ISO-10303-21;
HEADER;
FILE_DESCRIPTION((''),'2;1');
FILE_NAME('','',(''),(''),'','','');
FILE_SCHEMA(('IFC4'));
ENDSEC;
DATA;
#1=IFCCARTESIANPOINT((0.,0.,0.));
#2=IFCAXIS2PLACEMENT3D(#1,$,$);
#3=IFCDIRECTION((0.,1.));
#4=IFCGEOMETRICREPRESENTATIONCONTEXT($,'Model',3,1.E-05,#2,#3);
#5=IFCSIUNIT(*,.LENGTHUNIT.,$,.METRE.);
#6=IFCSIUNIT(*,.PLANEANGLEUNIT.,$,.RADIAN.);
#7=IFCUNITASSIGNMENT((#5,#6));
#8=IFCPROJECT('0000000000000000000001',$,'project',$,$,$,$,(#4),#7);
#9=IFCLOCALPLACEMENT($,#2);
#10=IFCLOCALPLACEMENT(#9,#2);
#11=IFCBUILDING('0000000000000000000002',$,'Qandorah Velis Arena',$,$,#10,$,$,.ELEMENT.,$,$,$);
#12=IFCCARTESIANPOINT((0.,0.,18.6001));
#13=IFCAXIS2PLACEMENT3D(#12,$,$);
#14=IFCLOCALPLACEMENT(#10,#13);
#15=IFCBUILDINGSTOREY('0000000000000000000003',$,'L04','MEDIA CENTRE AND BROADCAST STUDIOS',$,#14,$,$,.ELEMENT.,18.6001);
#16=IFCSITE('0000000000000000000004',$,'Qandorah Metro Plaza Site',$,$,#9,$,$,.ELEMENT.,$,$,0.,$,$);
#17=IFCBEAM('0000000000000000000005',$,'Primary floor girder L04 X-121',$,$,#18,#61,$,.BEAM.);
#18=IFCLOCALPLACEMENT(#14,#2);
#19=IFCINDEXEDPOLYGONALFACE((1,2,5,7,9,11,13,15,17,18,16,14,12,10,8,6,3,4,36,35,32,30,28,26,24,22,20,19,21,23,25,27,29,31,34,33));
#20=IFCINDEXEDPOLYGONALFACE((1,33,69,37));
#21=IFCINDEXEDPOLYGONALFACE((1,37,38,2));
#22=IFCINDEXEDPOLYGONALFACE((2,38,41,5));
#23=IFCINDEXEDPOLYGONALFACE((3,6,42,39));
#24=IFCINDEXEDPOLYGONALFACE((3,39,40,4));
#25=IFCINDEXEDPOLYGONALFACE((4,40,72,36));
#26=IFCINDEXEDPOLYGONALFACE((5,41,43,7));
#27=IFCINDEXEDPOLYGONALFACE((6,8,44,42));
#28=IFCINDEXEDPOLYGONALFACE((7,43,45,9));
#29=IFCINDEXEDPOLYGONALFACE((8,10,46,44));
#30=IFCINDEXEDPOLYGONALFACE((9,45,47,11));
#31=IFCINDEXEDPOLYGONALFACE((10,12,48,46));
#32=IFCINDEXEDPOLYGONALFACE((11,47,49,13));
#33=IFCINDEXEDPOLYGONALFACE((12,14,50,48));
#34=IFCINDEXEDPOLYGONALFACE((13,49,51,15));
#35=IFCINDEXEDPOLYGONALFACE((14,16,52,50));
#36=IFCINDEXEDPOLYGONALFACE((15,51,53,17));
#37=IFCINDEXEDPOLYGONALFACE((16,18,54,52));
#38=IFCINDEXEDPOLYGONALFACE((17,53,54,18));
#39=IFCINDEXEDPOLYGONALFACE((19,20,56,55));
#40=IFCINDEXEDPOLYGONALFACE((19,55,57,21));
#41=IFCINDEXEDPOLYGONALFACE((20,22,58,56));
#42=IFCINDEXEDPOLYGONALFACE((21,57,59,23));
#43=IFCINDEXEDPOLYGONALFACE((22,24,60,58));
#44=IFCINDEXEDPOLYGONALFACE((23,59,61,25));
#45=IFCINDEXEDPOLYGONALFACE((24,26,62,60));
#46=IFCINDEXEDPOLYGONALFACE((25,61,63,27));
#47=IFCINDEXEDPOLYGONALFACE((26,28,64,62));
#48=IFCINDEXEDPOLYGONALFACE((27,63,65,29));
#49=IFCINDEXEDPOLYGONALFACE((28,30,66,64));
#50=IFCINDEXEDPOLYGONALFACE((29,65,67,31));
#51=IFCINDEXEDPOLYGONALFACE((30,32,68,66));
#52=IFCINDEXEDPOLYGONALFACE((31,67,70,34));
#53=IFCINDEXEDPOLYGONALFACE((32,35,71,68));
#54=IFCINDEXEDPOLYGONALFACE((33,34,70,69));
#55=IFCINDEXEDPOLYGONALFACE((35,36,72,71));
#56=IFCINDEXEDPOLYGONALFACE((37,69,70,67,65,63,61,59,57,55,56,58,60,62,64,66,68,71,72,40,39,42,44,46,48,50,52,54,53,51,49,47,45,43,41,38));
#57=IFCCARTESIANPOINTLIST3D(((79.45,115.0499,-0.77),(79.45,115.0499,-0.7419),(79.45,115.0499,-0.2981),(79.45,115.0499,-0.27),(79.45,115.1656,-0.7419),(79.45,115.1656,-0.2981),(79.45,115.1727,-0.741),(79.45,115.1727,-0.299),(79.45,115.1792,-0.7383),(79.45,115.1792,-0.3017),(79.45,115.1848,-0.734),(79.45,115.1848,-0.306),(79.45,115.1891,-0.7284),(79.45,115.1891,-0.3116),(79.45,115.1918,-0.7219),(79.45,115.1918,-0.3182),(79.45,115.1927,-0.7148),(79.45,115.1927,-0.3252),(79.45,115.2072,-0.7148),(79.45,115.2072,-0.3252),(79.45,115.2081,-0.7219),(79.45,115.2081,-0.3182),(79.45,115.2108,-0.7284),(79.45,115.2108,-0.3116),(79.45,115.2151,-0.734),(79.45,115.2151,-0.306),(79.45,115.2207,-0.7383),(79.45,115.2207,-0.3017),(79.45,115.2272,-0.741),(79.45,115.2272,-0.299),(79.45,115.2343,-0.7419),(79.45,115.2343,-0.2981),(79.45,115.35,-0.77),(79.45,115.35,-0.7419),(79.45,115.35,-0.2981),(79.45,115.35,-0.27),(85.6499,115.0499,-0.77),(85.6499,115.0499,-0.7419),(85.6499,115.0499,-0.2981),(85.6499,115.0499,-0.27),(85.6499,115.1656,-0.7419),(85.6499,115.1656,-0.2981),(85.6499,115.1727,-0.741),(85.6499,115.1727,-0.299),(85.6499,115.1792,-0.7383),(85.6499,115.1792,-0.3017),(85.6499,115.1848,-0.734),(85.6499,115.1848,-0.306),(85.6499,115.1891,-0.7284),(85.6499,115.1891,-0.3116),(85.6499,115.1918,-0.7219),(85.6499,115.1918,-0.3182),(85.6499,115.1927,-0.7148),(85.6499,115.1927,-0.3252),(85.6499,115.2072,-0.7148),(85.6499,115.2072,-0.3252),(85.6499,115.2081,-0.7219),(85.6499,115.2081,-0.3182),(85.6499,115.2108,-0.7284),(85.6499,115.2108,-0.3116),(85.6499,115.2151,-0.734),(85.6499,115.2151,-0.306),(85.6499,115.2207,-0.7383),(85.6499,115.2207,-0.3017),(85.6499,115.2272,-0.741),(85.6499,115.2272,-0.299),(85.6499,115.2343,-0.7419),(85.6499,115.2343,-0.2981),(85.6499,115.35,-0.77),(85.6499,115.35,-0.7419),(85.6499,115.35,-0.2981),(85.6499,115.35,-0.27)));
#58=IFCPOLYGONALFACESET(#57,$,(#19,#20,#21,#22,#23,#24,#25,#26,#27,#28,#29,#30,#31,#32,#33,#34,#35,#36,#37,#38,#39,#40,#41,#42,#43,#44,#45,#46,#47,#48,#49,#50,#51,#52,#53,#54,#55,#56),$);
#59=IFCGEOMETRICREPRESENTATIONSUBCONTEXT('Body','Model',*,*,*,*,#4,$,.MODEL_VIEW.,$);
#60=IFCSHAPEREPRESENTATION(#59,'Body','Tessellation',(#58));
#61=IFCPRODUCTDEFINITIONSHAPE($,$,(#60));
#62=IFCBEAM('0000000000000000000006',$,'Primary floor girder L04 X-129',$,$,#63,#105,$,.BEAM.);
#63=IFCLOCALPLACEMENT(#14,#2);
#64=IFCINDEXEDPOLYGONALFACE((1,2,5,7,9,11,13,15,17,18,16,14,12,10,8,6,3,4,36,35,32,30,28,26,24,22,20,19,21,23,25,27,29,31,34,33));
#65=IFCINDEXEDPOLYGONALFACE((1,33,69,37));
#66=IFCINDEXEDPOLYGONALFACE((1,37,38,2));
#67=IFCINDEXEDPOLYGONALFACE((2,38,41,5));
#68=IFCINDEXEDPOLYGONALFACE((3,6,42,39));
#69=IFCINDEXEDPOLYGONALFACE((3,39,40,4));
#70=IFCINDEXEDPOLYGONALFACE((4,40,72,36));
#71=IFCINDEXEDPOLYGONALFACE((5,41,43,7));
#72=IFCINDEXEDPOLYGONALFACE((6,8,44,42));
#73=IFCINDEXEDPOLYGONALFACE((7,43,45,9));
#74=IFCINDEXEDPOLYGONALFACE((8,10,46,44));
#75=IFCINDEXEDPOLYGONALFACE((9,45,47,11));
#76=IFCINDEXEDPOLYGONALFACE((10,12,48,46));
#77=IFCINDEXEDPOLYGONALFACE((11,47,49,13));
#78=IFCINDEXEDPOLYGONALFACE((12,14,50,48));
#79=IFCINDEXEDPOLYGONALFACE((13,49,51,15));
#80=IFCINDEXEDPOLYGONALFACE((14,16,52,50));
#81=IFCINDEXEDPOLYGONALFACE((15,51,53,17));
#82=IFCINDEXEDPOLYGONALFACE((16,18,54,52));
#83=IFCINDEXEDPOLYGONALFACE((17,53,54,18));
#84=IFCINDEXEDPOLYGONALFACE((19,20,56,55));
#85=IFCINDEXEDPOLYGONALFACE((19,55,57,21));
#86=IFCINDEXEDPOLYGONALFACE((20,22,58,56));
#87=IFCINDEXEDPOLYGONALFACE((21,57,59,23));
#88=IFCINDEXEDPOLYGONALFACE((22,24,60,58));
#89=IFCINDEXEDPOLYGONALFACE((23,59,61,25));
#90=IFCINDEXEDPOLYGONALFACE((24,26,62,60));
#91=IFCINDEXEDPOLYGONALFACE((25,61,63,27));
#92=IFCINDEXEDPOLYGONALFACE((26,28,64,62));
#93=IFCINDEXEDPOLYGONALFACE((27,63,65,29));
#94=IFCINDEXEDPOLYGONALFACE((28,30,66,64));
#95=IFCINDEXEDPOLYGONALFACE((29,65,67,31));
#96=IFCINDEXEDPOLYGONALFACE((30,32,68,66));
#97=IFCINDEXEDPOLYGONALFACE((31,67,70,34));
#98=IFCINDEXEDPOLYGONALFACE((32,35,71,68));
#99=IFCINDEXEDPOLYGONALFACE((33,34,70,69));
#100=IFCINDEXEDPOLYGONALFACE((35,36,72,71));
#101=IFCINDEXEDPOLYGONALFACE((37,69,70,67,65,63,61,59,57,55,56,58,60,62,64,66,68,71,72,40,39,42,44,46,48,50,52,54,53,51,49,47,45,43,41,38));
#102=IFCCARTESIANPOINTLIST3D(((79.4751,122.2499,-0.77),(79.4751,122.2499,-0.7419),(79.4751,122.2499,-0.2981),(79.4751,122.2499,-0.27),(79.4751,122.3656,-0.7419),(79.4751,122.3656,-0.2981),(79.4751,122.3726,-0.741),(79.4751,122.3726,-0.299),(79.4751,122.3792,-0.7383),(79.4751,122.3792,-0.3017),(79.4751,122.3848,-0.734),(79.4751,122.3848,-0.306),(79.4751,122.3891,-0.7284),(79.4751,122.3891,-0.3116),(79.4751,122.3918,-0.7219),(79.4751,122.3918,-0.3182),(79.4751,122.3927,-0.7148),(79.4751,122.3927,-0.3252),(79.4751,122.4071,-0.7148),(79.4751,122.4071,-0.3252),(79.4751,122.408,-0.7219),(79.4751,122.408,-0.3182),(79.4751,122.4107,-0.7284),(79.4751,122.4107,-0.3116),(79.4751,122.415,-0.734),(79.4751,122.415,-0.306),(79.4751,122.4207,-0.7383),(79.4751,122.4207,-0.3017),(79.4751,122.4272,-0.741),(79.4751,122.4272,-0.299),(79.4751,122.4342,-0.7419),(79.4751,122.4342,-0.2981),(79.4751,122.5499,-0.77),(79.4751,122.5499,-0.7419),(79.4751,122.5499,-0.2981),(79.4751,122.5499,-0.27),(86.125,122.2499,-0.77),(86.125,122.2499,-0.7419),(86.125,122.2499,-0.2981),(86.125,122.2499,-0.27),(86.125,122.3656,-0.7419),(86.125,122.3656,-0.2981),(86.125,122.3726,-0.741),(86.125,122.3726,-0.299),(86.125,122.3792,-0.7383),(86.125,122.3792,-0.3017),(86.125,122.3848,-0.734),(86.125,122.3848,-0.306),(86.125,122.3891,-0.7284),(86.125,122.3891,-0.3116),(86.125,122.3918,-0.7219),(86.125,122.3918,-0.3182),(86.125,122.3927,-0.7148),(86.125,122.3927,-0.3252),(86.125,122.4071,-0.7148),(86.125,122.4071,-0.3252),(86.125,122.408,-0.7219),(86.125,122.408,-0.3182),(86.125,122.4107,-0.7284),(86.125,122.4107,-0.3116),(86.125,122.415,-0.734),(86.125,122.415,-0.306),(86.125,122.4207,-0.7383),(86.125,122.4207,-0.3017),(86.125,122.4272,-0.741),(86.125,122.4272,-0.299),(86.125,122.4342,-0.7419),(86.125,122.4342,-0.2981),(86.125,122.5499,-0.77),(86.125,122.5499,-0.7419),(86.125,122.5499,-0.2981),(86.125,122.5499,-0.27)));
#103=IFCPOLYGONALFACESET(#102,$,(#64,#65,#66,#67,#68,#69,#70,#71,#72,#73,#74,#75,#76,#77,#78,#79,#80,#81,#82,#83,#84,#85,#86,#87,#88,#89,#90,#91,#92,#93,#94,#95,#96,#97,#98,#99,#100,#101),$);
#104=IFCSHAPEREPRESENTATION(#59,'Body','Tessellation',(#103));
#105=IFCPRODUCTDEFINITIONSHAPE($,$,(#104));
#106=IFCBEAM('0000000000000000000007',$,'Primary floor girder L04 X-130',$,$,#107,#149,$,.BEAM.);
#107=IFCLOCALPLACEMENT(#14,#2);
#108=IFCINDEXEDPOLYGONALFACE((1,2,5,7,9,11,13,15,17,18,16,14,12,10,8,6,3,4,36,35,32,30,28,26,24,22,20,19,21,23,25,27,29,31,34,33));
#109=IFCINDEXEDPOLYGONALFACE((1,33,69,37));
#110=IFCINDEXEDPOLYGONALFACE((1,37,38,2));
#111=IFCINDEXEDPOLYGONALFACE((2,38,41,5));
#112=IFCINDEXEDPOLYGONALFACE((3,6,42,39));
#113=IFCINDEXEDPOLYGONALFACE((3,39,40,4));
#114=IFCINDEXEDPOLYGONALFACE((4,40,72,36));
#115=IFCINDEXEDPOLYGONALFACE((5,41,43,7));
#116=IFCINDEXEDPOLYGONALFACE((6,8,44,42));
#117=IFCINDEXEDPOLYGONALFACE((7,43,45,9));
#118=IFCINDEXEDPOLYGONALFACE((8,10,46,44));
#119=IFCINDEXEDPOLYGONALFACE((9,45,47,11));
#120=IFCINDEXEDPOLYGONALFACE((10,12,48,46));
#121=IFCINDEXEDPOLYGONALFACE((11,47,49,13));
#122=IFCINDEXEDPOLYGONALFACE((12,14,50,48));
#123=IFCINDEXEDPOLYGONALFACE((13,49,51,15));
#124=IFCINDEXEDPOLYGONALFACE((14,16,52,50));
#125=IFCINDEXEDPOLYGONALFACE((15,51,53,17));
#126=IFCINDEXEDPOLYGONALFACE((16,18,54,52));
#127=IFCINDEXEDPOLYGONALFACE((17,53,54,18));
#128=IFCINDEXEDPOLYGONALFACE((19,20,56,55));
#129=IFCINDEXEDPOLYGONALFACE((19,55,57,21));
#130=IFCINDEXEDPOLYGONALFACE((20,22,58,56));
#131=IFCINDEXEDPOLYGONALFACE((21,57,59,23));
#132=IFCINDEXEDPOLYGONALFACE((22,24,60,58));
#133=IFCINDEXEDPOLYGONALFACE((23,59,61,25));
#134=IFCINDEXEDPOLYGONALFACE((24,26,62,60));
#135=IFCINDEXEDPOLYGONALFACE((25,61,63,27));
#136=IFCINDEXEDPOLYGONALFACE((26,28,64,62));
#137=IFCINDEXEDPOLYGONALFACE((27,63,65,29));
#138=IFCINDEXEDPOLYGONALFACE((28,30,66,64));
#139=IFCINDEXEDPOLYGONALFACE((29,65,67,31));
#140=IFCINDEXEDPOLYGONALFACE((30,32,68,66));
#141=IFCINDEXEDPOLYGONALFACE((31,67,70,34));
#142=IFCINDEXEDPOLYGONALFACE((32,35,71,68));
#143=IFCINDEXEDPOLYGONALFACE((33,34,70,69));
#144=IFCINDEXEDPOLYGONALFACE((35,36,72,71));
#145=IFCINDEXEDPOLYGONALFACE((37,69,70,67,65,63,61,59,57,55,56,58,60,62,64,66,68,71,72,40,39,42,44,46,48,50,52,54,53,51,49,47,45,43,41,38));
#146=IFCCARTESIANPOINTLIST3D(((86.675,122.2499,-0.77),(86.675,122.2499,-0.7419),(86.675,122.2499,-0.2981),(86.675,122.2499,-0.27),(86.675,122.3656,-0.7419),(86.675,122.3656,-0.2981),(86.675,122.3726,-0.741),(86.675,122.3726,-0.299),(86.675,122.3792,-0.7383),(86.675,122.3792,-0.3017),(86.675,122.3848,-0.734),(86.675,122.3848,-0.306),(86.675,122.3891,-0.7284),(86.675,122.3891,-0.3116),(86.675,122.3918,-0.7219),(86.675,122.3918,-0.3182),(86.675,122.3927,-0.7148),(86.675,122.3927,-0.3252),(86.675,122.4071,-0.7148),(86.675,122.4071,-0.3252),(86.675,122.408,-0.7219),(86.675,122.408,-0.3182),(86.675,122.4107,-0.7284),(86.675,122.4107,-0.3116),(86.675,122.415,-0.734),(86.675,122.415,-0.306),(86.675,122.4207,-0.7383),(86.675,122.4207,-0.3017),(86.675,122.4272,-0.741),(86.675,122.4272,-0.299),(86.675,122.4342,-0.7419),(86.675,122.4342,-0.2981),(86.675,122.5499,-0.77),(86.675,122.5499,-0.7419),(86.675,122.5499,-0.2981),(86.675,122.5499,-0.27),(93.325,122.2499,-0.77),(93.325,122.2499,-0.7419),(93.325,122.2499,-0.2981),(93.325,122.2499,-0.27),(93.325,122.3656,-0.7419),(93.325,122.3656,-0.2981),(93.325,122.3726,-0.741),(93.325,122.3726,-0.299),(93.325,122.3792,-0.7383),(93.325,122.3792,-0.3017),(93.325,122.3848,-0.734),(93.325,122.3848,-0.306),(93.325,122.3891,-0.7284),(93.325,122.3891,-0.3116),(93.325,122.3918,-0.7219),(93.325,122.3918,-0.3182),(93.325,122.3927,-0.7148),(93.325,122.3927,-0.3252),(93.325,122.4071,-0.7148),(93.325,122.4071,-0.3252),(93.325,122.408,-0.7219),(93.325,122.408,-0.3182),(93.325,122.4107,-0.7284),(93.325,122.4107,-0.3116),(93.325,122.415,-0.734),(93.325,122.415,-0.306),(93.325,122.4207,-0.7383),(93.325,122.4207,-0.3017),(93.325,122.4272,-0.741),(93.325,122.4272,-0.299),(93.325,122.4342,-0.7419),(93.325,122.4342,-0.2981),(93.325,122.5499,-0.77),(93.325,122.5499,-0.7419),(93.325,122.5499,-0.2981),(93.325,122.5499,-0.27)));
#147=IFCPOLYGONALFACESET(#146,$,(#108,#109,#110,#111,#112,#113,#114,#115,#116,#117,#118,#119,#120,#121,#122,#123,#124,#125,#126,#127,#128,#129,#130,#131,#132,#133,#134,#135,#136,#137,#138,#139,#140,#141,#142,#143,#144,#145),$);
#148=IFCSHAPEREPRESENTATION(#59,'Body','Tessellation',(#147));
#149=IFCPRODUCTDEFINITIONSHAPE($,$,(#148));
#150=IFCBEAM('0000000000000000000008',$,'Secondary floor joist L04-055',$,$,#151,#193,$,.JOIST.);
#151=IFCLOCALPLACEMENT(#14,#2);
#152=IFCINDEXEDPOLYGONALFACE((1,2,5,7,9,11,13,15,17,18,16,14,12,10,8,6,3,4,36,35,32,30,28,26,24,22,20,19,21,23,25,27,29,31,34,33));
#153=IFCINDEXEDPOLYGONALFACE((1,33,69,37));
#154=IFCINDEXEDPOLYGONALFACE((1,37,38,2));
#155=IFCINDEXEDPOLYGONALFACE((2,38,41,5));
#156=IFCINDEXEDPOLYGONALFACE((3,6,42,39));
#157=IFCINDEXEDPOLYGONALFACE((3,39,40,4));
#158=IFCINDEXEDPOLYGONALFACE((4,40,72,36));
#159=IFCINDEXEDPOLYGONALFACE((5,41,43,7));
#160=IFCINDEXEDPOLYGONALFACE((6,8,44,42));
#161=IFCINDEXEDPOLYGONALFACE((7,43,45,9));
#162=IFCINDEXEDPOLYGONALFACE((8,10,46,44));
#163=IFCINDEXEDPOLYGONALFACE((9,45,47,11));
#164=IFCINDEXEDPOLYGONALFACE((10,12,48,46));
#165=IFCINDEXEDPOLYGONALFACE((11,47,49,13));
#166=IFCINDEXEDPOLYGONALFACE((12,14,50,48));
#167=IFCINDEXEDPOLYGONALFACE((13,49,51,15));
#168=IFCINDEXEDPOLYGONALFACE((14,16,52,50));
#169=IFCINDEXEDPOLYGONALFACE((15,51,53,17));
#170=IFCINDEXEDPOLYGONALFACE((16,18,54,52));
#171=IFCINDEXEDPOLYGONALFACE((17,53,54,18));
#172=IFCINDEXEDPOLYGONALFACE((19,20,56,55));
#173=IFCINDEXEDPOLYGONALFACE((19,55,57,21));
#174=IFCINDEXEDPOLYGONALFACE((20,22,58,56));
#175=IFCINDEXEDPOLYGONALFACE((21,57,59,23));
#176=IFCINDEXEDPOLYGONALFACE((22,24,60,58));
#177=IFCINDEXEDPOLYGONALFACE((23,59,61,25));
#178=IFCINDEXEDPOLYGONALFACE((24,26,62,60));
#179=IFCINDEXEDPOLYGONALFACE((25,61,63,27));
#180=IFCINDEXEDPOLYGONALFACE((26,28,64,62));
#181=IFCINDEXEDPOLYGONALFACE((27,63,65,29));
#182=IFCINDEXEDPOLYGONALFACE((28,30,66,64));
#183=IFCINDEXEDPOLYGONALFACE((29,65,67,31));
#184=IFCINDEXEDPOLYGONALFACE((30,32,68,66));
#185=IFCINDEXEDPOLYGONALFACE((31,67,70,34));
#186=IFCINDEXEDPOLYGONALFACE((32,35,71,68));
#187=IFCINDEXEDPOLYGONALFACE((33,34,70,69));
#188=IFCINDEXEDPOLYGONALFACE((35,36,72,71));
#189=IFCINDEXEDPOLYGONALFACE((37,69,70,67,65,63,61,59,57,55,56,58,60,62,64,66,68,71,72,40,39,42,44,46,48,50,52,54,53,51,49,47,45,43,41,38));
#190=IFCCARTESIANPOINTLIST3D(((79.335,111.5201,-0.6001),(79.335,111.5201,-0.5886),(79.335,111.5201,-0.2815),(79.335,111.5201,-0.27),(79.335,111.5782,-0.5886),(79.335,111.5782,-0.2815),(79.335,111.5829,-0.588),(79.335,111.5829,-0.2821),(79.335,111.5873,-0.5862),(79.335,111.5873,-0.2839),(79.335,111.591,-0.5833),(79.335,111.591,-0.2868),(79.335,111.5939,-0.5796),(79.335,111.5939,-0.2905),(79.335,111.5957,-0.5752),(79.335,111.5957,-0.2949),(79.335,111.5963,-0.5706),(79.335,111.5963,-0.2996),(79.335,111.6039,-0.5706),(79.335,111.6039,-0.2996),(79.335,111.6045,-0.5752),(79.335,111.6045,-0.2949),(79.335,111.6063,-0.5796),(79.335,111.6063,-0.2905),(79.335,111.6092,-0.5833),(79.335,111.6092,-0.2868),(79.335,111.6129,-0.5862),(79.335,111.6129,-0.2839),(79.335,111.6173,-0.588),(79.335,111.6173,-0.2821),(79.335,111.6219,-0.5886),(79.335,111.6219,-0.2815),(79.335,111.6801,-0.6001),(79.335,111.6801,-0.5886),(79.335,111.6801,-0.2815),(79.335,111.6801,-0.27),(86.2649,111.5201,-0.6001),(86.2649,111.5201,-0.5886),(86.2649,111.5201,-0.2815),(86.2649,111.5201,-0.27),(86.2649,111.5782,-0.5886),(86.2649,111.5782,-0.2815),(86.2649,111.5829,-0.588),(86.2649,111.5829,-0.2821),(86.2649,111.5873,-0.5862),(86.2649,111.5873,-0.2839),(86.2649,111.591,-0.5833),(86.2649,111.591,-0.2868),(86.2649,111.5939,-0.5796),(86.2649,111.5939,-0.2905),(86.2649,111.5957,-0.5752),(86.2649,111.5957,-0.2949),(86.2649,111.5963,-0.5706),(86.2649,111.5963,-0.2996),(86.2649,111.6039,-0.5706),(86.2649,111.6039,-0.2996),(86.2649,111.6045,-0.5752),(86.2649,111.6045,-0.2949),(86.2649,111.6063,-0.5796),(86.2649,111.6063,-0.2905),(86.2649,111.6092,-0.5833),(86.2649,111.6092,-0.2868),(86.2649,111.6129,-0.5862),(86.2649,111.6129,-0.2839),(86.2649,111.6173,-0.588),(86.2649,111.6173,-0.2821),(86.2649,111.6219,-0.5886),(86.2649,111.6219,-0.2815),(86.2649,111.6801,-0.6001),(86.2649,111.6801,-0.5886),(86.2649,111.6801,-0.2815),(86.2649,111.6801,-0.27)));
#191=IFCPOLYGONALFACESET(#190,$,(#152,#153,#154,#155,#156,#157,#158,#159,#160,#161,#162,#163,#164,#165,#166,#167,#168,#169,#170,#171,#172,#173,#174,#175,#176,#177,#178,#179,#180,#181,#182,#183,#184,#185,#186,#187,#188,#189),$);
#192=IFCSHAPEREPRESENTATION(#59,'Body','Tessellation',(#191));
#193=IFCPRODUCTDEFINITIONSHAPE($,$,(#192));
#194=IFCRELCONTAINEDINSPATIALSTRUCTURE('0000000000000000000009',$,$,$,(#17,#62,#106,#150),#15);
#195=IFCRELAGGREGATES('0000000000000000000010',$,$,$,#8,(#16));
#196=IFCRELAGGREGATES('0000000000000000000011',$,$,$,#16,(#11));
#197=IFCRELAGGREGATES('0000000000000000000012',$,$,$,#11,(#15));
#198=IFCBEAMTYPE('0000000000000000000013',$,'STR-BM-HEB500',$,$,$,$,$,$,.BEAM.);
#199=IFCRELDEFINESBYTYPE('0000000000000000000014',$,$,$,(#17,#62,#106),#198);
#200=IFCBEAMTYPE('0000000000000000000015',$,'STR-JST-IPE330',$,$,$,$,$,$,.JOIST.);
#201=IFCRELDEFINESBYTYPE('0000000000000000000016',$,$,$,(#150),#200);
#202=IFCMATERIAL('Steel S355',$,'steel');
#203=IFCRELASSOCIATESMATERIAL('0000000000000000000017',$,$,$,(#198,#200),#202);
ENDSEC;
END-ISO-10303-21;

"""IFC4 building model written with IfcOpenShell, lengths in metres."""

from ifc_helpers import new_model, si_unit, direction, frame, origin, origin_2d, place, context, subcontext, project, spatial, i_section, extrude, material, material_profile, profile_set, type_object, element, save


model = new_model("IFC4")

# Units and contexts
model_context = context("Model", 3, precision=1e-05, world=origin(), true_north=direction((0.0, 1.0)))
body_context = subcontext(model_context, "Body", "Model", "MODEL_VIEW")
ifc_project = project(units=[si_unit("LENGTHUNIT", "METRE"), si_unit("PLANEANGLEUNIT", "RADIAN")], contexts=[model_context])

# Site, building, storey
site_placement = place(None, origin())
site = spatial("IfcSite", under=ifc_project, at=site_placement, Name="Qandorah Metro Plaza Site", CompositionType="ELEMENT", RefElevation=0.0)
building_placement = place(site_placement, origin())
building = spatial("IfcBuilding", under=site, at=building_placement, Name="Qandorah Velis Arena", CompositionType="ELEMENT")
storey_placement = place(building_placement, frame((0.0, 0.0, 18.6001)))
storey = spatial("IfcBuildingStorey", under=building, at=storey_placement, Name="L04", Description="MEDIA CENTRE AND BROADCAST STUDIOS", CompositionType="ELEMENT", Elevation=18.6001)

# Beams
ifc_material_1 = material(Name="Steel S355", Category="steel")
ifc_material_profile_1 = material_profile(ifc_material_1, i_section(OverallWidth=0.3, OverallDepth=0.5, WebThickness=0.0144, FlangeThickness=0.0281, FilletRadius=0.0271, at=origin_2d()), Name="HEB 500")
ifc_profile_set_1 = profile_set([ifc_material_profile_1], Name="Steel S355")
beam_type_1 = type_object("IfcBeamType", Name="STR-BM-HEB500", PredefinedType="BEAM", material=ifc_profile_set_1)
beam_1_placement = place(storey_placement, frame((79.45, 115.2, -0.52), z_axis=(1.0, 0.0, 0.0), x_axis=(0.0, 1.0, 0.0)))
element("IfcBeam", 1, at=beam_1_placement, inside=storey, type_object=beam_type_1, Name="Primary floor girder L04 X-121", PredefinedType="BEAM", context=body_context, shape_type="SweptSolid", body=[
    extrude(i_section(OverallWidth=0.3, OverallDepth=0.5, WebThickness=0.0144, FlangeThickness=0.0281, FilletRadius=0.0271, at=origin_2d()), origin(), (0.0, 0.0, 1.0), 6.2),
])
for number, where, z_axis, x_axis, name in (
    (2, (79.4751, 122.3999, -0.52), (1.0, 0.0, 0.0), (0.0, 1.0, 0.0), "Primary floor girder L04 X-129"),
    (3, (86.675, 122.3999, -0.52), (1.0, 0.0, 0.0), (0.0, 1.0, 0.0), "Primary floor girder L04 X-130"),
):
    element("IfcBeam", number, at=place(storey_placement, frame(where, z_axis=z_axis, x_axis=x_axis)), inside=storey, type_object=beam_type_1, Name=name, PredefinedType="BEAM", context=body_context, shape_type="SweptSolid", body=[
        extrude(i_section(OverallWidth=0.3, OverallDepth=0.5, WebThickness=0.0144, FlangeThickness=0.0281, FilletRadius=0.0271, at=origin_2d()), origin(), (0.0, 0.0, 1.0), 6.6499),
    ])
ifc_material_profile_2 = material_profile(ifc_material_1, i_section(OverallWidth=0.1599, OverallDepth=0.3301, WebThickness=0.0076, FlangeThickness=0.0115, FilletRadius=0.0181, at=origin_2d()), Name="IPE 330")
ifc_profile_set_2 = profile_set([ifc_material_profile_2], Name="Steel S355")
beam_type_2 = type_object("IfcBeamType", Name="STR-JST-IPE330", PredefinedType="JOIST", material=ifc_profile_set_2)
for number, where, z_axis, x_axis, name in (
    (4, (79.335, 111.6001, -0.4351), (1.0, 0.0, 0.0), (0.0, 1.0, 0.0), "Secondary floor joist L04-055"),
):
    element("IfcBeam", number, at=place(storey_placement, frame(where, z_axis=z_axis, x_axis=x_axis)), inside=storey, type_object=beam_type_2, Name=name, PredefinedType="JOIST", context=body_context, shape_type="SweptSolid", body=[
        extrude(i_section(OverallWidth=0.1599, OverallDepth=0.3301, WebThickness=0.0076, FlangeThickness=0.0115, FilletRadius=0.0181, at=origin_2d()), origin(), (0.0, 0.0, 1.0), 6.9299),
    ])

save(model, "model.ifc")
